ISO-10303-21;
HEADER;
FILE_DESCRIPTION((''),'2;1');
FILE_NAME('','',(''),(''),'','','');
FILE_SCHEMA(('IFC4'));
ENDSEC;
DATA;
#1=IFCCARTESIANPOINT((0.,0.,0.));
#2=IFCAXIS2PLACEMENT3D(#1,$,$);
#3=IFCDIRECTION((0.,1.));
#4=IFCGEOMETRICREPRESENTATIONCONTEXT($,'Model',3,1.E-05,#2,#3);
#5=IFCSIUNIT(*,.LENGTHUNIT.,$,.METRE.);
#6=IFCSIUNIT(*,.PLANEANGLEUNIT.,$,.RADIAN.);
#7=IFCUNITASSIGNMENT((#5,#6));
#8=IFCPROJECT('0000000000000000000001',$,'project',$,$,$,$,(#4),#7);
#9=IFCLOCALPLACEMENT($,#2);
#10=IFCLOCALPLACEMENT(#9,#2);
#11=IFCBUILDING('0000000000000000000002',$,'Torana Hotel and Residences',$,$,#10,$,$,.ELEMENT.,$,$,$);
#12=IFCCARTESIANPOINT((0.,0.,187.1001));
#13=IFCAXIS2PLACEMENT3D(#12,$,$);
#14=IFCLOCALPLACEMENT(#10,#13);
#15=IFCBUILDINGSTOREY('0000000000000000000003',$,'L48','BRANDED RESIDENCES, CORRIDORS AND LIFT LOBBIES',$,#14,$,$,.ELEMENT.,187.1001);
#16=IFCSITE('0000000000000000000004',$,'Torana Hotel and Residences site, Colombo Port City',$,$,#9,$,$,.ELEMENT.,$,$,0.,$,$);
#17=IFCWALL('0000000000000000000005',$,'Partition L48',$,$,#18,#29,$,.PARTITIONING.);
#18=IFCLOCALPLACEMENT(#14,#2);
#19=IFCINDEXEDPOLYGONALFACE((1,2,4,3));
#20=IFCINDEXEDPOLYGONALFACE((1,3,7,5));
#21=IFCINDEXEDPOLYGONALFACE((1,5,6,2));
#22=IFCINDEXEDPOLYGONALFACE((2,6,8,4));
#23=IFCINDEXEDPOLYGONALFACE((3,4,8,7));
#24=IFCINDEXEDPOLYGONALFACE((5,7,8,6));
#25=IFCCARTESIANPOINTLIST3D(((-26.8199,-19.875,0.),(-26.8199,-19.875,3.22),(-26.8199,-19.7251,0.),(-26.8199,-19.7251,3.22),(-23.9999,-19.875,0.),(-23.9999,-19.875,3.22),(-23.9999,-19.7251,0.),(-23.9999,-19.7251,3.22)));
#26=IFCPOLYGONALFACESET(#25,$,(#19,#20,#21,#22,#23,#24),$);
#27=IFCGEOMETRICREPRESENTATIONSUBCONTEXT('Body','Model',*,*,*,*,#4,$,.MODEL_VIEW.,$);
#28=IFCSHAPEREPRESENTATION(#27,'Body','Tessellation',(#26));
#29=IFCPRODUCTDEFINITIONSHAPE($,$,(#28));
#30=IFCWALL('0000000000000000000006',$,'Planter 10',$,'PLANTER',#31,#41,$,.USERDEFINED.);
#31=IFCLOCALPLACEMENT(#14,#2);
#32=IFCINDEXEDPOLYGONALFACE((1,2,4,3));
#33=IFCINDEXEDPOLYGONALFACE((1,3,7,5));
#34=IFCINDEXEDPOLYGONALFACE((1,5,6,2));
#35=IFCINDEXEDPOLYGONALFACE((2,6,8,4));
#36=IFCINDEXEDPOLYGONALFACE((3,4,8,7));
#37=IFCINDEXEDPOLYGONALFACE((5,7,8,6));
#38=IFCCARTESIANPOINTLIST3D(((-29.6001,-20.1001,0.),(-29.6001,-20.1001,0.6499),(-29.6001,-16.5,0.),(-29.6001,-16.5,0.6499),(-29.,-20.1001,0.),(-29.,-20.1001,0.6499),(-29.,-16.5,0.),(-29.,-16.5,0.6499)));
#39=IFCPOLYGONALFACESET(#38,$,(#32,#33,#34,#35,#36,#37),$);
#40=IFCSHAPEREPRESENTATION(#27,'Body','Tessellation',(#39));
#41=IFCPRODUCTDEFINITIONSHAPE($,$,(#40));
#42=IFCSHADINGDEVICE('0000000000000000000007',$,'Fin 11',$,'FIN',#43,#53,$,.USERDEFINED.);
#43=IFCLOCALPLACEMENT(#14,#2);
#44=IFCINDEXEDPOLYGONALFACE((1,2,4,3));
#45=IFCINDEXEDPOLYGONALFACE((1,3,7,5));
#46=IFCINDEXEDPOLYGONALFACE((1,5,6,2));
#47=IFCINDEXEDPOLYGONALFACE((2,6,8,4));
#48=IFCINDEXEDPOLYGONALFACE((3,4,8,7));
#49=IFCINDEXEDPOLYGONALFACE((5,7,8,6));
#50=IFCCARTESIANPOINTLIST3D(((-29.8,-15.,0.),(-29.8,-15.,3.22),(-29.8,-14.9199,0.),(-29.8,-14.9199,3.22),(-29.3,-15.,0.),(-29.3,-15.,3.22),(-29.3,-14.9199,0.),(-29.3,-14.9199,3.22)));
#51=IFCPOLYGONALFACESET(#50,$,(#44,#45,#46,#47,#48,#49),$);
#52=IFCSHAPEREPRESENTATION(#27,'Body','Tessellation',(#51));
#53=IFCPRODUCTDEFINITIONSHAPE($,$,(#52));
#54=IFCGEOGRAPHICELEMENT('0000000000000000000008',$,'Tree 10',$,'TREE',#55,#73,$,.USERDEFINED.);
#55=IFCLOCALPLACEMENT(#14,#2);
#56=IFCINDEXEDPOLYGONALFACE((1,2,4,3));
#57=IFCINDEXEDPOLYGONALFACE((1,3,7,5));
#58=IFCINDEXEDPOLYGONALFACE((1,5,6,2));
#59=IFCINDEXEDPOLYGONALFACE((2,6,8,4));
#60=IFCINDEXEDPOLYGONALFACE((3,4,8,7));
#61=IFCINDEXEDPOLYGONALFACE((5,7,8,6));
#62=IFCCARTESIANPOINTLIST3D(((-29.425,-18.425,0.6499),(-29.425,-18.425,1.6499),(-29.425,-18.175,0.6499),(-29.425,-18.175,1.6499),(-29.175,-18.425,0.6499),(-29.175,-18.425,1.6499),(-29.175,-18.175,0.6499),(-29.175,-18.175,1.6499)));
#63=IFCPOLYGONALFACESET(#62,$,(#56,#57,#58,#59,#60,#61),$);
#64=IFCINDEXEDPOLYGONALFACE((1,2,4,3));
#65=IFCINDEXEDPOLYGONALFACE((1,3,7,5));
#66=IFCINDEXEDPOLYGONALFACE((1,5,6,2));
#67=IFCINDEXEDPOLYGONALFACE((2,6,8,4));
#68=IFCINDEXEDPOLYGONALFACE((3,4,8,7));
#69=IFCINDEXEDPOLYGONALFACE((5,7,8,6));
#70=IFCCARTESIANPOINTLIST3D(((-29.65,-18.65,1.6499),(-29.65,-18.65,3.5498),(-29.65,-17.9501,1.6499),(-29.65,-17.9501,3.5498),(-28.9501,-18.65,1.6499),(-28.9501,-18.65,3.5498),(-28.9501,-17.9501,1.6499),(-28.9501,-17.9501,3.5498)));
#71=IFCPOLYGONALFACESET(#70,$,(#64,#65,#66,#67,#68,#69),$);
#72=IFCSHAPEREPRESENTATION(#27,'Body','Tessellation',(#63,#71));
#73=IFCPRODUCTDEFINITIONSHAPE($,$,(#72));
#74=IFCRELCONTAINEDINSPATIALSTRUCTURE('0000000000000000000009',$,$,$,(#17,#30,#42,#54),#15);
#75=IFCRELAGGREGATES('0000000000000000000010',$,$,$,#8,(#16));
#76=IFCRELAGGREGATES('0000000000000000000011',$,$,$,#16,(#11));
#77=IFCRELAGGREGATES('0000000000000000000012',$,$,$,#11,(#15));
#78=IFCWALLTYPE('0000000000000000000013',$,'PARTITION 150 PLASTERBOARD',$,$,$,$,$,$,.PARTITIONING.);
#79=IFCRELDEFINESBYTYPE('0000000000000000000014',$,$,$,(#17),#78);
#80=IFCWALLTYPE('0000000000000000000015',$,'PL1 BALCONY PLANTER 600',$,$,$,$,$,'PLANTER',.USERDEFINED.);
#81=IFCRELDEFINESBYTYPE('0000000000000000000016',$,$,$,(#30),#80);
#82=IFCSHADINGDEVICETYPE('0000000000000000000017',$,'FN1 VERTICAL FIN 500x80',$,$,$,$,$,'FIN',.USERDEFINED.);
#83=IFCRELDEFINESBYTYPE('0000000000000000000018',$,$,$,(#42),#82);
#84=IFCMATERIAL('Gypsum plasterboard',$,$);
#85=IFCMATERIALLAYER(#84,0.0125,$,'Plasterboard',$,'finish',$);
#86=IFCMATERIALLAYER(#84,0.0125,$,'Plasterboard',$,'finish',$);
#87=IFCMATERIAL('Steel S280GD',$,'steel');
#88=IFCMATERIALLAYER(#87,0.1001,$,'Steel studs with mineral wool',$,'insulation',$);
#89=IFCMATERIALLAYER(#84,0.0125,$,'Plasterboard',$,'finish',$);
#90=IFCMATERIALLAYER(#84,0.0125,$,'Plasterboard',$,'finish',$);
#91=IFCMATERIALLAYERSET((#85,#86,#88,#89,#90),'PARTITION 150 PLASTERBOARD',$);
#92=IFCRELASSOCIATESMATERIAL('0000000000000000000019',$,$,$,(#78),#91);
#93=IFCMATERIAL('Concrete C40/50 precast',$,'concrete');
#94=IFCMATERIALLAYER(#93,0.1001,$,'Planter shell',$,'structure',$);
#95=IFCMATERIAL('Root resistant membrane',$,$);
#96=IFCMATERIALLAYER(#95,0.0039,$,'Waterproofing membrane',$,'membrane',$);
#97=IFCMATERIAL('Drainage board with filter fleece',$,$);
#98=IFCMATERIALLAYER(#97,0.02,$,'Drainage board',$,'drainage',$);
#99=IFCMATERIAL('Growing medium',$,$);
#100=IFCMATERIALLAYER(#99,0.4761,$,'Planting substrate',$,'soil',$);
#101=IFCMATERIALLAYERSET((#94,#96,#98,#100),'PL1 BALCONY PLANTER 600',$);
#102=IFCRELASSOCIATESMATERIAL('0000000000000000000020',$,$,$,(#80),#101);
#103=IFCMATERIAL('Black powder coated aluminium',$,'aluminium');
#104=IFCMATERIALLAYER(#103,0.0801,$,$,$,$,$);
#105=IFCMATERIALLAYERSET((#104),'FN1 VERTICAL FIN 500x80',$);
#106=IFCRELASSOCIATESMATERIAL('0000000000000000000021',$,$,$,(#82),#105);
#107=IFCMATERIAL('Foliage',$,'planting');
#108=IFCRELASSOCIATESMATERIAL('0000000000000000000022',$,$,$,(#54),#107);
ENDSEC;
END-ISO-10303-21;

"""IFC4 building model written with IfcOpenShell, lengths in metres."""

from ifc_helpers import new_model, si_unit, direction, frame, frame_2d, origin, origin_2d, place, context, subcontext, project, spatial, rectangle, extrude, material, layer, layer_set, type_object, element, save


model = new_model("IFC4")

# Units and contexts
model_context = context("Model", 3, precision=1e-05, world=origin(), true_north=direction((0.0, 1.0)))
body_context = subcontext(model_context, "Body", "Model", "MODEL_VIEW")
ifc_project = project(units=[si_unit("LENGTHUNIT", "METRE"), si_unit("PLANEANGLEUNIT", "RADIAN")], contexts=[model_context])

# Site, building, storey
site_placement = place(None, origin())
site = spatial("IfcSite", under=ifc_project, at=site_placement, Name="Torana Hotel and Residences site, Colombo Port City", CompositionType="ELEMENT", RefElevation=0.0)
building_placement = place(site_placement, origin())
building = spatial("IfcBuilding", under=site, at=building_placement, Name="Torana Hotel and Residences", CompositionType="ELEMENT")
storey_placement = place(building_placement, frame((0.0, 0.0, 187.1001)))
storey = spatial("IfcBuildingStorey", under=building, at=storey_placement, Name="L48", Description="BRANDED RESIDENCES, CORRIDORS AND LIFT LOBBIES", CompositionType="ELEMENT", Elevation=187.1001)

# Walls
ifc_material_1 = material(Name="Gypsum plasterboard")
ifc_layer_1 = layer(ifc_material_1, 0.0125, Name="Plasterboard", Category="finish")
ifc_layer_2 = layer(ifc_material_1, 0.0125, Name="Plasterboard", Category="finish")
ifc_material_2 = material(Name="Steel S280GD", Category="steel")
ifc_layer_3 = layer(ifc_material_2, 0.1001, Name="Steel studs with mineral wool", Category="insulation")
ifc_layer_4 = layer(ifc_material_1, 0.0125, Name="Plasterboard", Category="finish")
ifc_layer_5 = layer(ifc_material_1, 0.0125, Name="Plasterboard", Category="finish")
ifc_layer_set_1 = layer_set([ifc_layer_1, ifc_layer_2, ifc_layer_3, ifc_layer_4, ifc_layer_5], Name="PARTITION 150 PLASTERBOARD")
wall_type_1 = type_object("IfcWallType", Name="PARTITION 150 PLASTERBOARD", PredefinedType="PARTITIONING", material=ifc_layer_set_1)
wall_1_placement = place(storey_placement, frame((-26.8201, -19.8, 0.0), z_axis=(0.0, 0.0, 1.0), x_axis=(1.0, 0.0, 0.0)))
element("IfcWall", 1, at=wall_1_placement, inside=storey, type_object=wall_type_1, Name="Partition L48", PredefinedType="PARTITIONING", context=body_context, shape_type="SweptSolid", body=[
    extrude(rectangle(XDim=2.8201, YDim=0.1499, at=frame_2d((1.4102, 0.0))), origin(), (0.0, 0.0, 1.0), 3.22),
])
ifc_material_3 = material(Name="Concrete C40/50 precast", Category="concrete")
ifc_layer_6 = layer(ifc_material_3, 0.1001, Name="Planter shell", Category="structure")
ifc_material_4 = material(Name="Root resistant membrane")
ifc_layer_7 = layer(ifc_material_4, 0.0039, Name="Waterproofing membrane", Category="membrane")
ifc_material_5 = material(Name="Drainage board with filter fleece")
ifc_layer_8 = layer(ifc_material_5, 0.02, Name="Drainage board", Category="drainage")
ifc_material_6 = material(Name="Growing medium")
ifc_layer_9 = layer(ifc_material_6, 0.4761, Name="Planting substrate", Category="soil")
ifc_layer_set_2 = layer_set([ifc_layer_6, ifc_layer_7, ifc_layer_8, ifc_layer_9], Name="PL1 BALCONY PLANTER 600")
wall_type_2 = type_object("IfcWallType", Name="PL1 BALCONY PLANTER 600", ElementType="PLANTER", PredefinedType="USERDEFINED", material=ifc_layer_set_2)
wall_2_placement = place(storey_placement, frame((-29.3, -20.1001, 0.0), z_axis=(0.0, 0.0, 1.0), x_axis=(0.0, 1.0, 0.0)))
element("IfcWall", 2, at=wall_2_placement, inside=storey, type_object=wall_type_2, Name="Planter 10", ObjectType="PLANTER", PredefinedType="USERDEFINED", context=body_context, shape_type="SweptSolid", body=[
    extrude(rectangle(XDim=3.6001, YDim=0.6001, at=frame_2d((1.8, 0.0))), origin(), (0.0, 0.0, 1.0), 0.6499),
])

# Shading device
ifc_material_7 = material(Name="Black powder coated aluminium", Category="aluminium")
ifc_layer_10 = layer(ifc_material_7, 0.0801)
ifc_layer_set_3 = layer_set([ifc_layer_10], Name="FN1 VERTICAL FIN 500x80")
shading_device_type = type_object("IfcShadingDeviceType", Name="FN1 VERTICAL FIN 500x80", ElementType="FIN", PredefinedType="USERDEFINED", material=ifc_layer_set_3)
shading_device_placement = place(storey_placement, frame((-29.55, -14.96, 0.0), z_axis=(0.0, 0.0, 1.0), x_axis=(0.0, 1.0, 0.0)))
element("IfcShadingDevice", 3, at=shading_device_placement, inside=storey, type_object=shading_device_type, Name="Fin 11", ObjectType="FIN", PredefinedType="USERDEFINED", context=body_context, shape_type="SweptSolid", body=[
    extrude(rectangle(XDim=0.0801, YDim=0.5, at=origin_2d()), origin(), (0.0, 0.0, 1.0), 3.22),
])

# Geographic element
ifc_material_8 = material(Name="Foliage", Category="planting")
geographic_element_placement = place(storey_placement, frame((-29.3, -18.3, 0.6499), z_axis=(0.0, 0.0, 1.0), x_axis=(1.0, 0.0, 0.0)))
element("IfcGeographicElement", 4, at=geographic_element_placement, inside=storey, material=ifc_material_8, Name="Tree 10", ObjectType="TREE", PredefinedType="USERDEFINED", context=body_context, shape_type="SweptSolid", body=[
    extrude(rectangle(XDim=0.25, YDim=0.25, at=origin_2d()), origin(), (0.0, 0.0, 1.0), 1.0),
    extrude(rectangle(XDim=0.7, YDim=0.7, at=origin_2d()), frame((0.0, 0.0, 1.0)), (0.0, 0.0, 1.0), 1.8999),
])

save(model, "model.ifc")
